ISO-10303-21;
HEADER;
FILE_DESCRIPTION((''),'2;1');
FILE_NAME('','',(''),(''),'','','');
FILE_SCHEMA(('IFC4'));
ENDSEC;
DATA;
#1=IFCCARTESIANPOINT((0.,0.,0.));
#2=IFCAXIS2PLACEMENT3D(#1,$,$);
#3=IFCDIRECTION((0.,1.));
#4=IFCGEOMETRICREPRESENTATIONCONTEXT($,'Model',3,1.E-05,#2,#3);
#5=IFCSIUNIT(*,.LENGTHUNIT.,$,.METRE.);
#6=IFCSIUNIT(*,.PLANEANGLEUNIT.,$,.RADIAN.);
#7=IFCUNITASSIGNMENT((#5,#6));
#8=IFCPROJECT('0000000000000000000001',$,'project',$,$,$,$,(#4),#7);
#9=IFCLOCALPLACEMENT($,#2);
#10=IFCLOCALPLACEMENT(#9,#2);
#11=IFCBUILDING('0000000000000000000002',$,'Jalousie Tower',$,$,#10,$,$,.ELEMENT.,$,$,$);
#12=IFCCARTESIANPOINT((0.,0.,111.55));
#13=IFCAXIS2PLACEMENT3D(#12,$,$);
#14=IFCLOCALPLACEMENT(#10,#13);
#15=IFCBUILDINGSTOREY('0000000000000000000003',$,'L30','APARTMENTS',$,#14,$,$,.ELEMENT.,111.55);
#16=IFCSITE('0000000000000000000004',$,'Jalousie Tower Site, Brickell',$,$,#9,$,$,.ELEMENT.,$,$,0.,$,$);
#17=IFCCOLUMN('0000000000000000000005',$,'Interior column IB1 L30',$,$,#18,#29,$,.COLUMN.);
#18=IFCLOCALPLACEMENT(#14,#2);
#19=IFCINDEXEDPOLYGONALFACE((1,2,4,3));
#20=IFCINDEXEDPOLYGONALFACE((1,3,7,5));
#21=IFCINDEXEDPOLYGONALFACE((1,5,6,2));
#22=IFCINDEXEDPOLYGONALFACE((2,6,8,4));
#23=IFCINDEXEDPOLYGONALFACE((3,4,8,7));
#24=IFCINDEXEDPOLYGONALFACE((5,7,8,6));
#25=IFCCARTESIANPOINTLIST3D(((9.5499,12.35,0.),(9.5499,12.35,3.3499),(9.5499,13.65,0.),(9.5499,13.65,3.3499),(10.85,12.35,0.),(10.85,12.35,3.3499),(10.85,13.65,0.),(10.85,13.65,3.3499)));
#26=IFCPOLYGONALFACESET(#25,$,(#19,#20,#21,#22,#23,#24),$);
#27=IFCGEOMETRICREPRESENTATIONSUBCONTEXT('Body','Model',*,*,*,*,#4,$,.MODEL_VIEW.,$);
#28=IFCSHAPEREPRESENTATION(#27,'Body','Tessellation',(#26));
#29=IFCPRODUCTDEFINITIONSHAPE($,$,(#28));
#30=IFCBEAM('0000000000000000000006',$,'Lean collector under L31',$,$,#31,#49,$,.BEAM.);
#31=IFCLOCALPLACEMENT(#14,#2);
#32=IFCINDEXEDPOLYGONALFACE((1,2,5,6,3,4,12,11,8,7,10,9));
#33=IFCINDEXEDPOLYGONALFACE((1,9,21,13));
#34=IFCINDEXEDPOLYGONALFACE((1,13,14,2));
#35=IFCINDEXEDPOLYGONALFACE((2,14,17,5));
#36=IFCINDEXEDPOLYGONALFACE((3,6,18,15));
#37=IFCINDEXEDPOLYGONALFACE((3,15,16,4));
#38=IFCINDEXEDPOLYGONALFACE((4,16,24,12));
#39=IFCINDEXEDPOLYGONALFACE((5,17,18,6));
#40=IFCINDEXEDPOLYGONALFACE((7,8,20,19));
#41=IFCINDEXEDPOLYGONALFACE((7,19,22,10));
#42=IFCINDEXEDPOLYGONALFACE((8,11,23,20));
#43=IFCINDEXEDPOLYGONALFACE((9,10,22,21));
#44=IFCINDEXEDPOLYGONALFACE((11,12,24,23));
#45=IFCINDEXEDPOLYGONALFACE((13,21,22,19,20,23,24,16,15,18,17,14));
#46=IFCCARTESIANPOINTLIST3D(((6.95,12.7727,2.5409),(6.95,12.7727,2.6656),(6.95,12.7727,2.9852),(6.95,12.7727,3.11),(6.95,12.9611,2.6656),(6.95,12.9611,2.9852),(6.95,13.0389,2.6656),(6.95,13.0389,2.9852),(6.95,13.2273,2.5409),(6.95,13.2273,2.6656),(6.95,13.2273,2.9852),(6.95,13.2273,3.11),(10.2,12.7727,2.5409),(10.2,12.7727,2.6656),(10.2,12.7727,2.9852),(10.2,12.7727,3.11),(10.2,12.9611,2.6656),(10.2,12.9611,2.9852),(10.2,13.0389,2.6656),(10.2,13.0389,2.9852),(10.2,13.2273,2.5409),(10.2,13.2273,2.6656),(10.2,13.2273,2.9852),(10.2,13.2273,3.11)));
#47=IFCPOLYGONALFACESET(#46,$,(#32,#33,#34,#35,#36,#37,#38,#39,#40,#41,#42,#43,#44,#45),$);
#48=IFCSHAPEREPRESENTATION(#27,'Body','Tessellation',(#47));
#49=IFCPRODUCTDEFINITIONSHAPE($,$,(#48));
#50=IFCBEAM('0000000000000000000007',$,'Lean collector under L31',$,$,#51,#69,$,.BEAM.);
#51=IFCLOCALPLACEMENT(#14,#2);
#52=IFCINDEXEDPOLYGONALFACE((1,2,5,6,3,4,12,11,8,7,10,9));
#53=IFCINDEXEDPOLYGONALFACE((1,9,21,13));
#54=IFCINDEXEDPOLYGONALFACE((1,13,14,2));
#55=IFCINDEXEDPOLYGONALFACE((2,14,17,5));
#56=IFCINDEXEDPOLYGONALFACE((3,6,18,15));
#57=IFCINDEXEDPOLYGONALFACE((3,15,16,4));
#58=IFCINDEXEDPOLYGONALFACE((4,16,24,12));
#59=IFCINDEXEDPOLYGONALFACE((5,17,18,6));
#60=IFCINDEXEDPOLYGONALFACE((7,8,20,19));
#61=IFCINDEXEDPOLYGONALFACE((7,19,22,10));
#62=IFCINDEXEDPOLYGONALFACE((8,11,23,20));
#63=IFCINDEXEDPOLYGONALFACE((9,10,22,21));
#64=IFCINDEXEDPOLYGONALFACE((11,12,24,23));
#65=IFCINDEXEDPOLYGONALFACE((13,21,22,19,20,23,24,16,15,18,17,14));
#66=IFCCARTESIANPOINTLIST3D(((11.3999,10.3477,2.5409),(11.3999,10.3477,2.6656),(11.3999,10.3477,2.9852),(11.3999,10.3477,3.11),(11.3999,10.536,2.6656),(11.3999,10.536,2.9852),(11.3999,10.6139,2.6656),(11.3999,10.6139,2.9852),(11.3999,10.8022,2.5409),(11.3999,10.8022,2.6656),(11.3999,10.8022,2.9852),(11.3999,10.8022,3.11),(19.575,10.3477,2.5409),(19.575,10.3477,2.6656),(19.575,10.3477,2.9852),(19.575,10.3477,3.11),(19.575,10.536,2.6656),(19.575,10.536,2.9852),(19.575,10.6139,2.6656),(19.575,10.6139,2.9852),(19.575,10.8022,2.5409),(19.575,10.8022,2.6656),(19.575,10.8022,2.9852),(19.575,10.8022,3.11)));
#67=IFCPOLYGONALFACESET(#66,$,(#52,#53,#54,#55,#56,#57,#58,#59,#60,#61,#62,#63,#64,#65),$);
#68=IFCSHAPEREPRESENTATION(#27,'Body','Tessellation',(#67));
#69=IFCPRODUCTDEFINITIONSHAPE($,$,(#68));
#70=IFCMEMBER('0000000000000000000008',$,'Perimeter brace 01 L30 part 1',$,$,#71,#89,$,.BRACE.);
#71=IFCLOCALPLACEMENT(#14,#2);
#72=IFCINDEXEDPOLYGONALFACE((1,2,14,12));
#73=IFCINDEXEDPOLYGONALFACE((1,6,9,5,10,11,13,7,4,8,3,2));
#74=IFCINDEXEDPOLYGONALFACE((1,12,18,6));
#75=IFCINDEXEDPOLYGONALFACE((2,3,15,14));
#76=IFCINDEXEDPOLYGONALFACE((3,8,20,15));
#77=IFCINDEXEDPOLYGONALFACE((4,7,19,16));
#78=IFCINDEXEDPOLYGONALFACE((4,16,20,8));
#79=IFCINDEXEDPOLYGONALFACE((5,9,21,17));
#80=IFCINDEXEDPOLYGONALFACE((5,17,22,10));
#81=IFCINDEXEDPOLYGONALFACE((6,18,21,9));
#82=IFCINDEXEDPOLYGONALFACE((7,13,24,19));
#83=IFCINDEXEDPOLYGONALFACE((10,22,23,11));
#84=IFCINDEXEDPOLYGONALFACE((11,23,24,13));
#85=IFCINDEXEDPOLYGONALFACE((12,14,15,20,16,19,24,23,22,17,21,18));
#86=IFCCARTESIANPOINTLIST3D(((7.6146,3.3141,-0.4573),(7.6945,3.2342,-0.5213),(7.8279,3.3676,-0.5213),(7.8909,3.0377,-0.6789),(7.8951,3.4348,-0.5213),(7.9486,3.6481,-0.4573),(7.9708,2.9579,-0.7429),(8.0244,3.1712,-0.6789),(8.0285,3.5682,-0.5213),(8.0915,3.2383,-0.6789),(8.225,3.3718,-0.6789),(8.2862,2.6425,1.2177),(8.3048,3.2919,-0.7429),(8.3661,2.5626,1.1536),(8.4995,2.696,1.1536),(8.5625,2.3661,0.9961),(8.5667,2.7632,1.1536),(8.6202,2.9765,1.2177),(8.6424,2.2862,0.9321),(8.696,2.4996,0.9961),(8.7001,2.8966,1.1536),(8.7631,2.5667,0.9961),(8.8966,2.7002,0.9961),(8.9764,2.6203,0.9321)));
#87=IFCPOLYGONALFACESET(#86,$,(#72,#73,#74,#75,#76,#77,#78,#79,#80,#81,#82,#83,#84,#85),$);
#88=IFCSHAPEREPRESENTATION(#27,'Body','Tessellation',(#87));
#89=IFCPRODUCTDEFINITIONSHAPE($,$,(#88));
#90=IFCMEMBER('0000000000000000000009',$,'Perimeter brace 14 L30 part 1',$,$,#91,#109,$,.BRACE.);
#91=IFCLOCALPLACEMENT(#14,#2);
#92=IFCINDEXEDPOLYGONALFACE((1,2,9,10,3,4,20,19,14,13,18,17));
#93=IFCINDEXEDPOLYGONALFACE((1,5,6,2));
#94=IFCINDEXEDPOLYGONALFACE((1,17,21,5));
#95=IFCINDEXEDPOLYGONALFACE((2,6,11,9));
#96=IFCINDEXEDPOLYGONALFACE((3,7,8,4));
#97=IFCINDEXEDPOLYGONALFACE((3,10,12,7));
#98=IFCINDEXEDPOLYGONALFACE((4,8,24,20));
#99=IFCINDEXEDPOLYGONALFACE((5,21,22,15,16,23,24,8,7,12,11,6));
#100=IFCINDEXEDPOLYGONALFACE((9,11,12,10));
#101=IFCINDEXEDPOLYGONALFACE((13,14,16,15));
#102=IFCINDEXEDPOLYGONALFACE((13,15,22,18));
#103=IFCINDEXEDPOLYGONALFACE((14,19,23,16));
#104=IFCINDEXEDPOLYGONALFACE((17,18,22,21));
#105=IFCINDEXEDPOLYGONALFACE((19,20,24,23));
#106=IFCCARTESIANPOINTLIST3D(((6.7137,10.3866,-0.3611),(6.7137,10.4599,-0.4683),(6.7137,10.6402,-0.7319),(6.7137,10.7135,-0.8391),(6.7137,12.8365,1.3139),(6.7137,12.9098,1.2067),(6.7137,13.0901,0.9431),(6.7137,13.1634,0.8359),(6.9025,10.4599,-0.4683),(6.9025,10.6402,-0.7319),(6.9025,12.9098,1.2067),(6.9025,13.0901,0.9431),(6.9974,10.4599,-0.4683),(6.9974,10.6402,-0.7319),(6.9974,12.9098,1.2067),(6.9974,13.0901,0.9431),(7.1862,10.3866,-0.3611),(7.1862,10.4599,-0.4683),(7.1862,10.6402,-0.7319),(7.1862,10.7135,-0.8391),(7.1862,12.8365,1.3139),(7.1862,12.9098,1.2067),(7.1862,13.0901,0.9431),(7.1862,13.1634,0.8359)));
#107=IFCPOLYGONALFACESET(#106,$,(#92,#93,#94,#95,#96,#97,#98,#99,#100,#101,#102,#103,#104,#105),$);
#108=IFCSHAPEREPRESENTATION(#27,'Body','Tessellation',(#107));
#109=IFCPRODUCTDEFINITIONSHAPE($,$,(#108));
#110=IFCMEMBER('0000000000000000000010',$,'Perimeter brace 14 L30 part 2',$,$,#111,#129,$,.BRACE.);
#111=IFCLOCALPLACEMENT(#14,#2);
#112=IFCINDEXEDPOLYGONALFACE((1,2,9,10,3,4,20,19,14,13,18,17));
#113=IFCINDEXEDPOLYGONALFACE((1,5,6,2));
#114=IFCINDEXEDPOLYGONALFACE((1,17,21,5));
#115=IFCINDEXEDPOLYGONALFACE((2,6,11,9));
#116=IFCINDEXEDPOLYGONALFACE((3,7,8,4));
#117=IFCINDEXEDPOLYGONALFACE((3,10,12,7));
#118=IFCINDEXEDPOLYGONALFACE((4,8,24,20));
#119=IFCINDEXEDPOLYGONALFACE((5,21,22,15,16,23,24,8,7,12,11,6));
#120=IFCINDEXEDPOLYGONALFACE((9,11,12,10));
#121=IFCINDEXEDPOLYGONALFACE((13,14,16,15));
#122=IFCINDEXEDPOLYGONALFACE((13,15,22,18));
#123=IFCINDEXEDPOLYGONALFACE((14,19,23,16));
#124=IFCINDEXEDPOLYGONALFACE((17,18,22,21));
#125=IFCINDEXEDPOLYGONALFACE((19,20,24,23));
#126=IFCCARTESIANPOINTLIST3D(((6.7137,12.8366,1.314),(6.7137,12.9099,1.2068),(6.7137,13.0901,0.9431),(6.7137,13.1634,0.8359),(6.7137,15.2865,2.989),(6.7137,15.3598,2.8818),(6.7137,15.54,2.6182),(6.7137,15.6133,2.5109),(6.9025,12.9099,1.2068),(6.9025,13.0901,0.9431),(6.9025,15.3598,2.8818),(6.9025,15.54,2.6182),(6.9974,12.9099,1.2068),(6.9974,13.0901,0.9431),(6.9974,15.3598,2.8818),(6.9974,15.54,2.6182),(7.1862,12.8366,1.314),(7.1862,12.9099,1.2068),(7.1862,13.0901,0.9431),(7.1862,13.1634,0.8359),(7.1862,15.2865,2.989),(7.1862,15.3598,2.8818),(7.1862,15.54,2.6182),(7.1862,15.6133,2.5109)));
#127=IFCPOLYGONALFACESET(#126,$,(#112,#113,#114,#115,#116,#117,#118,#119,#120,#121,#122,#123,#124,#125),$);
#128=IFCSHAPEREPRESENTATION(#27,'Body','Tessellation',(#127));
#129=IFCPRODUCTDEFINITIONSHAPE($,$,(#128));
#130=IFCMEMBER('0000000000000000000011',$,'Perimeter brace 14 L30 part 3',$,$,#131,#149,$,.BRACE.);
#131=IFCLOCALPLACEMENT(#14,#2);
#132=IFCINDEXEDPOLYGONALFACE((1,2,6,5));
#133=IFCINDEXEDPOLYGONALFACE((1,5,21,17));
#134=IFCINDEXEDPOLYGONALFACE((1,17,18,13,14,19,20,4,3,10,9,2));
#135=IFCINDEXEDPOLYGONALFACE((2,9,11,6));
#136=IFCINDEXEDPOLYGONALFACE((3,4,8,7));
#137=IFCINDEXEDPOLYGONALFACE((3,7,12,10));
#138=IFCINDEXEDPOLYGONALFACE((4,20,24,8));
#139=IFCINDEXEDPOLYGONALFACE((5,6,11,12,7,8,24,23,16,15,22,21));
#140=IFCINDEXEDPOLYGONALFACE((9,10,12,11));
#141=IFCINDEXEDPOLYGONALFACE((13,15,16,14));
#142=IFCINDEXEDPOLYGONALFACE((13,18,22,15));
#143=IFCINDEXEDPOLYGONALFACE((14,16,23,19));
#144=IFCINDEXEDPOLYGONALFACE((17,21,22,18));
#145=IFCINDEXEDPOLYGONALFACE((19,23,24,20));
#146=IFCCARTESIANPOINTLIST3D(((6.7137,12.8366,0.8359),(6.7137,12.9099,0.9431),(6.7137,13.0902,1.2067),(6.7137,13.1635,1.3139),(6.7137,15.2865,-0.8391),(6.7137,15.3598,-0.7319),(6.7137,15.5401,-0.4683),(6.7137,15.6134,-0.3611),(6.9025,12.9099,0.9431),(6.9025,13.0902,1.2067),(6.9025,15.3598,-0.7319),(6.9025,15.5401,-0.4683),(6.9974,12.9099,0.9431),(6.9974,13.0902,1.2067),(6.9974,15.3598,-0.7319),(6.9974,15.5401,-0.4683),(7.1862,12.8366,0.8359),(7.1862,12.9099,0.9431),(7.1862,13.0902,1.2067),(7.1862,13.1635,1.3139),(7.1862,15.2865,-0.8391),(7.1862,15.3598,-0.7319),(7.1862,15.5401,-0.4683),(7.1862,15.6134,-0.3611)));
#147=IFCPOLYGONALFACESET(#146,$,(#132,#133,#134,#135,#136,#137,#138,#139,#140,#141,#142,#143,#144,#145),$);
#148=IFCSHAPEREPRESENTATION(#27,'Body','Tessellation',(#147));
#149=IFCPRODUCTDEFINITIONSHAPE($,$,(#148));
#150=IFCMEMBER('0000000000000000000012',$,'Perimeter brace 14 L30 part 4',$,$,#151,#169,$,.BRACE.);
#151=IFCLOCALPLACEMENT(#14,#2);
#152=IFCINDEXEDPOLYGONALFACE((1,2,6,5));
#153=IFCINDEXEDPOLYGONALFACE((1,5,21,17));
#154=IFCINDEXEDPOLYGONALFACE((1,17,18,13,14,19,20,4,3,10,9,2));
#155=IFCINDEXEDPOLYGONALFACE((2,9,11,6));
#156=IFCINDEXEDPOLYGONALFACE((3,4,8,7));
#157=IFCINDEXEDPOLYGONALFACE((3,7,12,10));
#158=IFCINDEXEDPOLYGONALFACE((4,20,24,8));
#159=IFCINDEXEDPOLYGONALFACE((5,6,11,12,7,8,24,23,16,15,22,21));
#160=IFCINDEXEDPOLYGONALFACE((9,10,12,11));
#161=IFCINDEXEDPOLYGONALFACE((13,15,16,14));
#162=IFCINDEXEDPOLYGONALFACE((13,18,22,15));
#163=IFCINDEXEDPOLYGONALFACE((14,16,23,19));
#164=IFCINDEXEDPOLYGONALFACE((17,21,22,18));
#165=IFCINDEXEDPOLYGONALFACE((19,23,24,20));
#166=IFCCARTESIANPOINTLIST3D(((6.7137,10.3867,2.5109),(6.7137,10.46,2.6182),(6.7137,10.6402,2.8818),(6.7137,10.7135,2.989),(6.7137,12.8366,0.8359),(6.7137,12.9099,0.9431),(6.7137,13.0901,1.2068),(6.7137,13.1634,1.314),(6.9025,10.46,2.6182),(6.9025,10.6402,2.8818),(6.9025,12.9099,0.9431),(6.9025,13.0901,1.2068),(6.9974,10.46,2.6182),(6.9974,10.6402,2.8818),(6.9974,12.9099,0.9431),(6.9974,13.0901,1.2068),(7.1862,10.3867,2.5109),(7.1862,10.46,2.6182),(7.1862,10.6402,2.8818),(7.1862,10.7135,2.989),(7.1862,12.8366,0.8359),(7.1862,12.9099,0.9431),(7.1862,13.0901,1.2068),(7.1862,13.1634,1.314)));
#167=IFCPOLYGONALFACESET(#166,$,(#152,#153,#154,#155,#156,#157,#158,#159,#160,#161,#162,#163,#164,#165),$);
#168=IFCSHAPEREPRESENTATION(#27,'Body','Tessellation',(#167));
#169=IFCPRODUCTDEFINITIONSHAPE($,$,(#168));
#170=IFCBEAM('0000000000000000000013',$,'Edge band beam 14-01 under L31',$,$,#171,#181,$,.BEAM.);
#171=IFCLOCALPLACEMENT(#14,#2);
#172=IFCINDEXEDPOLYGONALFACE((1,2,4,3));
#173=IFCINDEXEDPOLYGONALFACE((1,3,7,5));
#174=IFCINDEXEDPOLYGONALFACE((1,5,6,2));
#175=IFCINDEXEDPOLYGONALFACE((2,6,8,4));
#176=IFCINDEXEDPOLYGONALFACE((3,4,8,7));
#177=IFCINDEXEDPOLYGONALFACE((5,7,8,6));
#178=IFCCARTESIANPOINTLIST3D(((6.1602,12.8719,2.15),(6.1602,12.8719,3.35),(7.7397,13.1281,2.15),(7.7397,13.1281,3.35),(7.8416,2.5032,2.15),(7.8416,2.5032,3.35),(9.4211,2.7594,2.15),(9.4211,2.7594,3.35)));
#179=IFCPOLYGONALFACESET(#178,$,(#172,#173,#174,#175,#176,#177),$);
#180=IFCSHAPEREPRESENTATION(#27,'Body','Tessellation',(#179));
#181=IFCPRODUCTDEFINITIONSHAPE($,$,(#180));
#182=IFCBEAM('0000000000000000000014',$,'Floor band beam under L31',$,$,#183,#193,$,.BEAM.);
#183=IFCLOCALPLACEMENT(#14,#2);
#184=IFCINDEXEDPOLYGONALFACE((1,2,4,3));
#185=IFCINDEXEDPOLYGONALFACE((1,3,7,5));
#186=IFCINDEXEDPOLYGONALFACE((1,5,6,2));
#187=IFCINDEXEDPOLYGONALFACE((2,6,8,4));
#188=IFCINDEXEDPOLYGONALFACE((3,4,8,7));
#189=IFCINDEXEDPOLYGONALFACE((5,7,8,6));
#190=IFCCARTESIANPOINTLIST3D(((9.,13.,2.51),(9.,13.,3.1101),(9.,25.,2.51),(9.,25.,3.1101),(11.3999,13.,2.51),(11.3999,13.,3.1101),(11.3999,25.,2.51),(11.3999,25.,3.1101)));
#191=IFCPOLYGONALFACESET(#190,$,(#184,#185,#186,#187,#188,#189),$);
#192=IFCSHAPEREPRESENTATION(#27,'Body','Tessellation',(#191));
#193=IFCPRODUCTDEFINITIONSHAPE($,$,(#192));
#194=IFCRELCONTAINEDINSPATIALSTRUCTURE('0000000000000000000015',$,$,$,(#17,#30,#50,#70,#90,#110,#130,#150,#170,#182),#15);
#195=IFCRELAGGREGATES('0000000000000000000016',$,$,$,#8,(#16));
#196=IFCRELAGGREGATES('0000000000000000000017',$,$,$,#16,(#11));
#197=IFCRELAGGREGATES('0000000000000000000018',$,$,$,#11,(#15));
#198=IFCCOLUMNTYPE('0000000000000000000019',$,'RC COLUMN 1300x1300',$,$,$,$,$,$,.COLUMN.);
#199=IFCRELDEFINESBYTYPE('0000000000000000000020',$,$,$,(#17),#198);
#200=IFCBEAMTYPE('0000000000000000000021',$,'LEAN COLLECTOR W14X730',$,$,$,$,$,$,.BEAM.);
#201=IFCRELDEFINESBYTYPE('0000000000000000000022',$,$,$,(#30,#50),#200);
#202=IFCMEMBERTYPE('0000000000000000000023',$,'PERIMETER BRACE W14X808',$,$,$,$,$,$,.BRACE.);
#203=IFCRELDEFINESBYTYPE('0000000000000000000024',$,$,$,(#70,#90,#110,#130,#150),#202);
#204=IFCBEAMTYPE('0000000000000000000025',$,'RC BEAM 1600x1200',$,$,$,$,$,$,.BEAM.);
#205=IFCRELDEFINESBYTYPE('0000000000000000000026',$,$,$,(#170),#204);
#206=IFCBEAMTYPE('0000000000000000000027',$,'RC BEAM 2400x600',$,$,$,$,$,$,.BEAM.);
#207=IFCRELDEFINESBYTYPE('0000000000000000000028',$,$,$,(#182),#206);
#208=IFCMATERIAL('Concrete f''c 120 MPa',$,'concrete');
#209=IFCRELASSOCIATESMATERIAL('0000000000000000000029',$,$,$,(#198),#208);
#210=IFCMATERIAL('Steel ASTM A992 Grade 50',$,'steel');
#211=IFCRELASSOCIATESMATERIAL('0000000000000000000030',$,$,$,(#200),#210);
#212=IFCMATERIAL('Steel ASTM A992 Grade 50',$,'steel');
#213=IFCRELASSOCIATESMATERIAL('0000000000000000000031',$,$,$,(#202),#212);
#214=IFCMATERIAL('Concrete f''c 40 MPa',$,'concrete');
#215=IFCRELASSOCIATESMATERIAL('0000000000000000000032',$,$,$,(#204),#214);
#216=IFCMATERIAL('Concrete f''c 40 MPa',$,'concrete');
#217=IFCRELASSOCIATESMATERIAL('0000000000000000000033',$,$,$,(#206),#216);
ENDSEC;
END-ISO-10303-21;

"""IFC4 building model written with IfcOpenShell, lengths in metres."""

from ifc_helpers import new_model, si_unit, direction, frame, origin, origin_2d, place, context, subcontext, project, spatial, rectangle, i_section, extrude, material, material_profile, profile_set, type_object, element, save


model = new_model("IFC4")

# Units and contexts
model_context = context("Model", 3, precision=1e-05, world=origin(), true_north=direction((0.0, 1.0)))
body_context = subcontext(model_context, "Body", "Model", "MODEL_VIEW")
ifc_project = project(units=[si_unit("LENGTHUNIT", "METRE"), si_unit("PLANEANGLEUNIT", "RADIAN")], contexts=[model_context])

# Site, building, storey
site_placement = place(None, origin())
site = spatial("IfcSite", under=ifc_project, at=site_placement, Name="Jalousie Tower Site, Brickell", CompositionType="ELEMENT", RefElevation=0.0)
building_placement = place(site_placement, origin())
building = spatial("IfcBuilding", under=site, at=building_placement, Name="Jalousie Tower", CompositionType="ELEMENT")
storey_placement = place(building_placement, frame((0.0, 0.0, 111.55)))
storey = spatial("IfcBuildingStorey", under=building, at=storey_placement, Name="L30", Description="APARTMENTS", CompositionType="ELEMENT", Elevation=111.55)

# Column
ifc_material_1 = material(Name="Concrete f'c 120 MPa", Category="concrete")
ifc_material_profile_1 = material_profile(ifc_material_1, rectangle(XDim=1.3, YDim=1.3, at=origin_2d()), Name="RC 1300x1300")
ifc_profile_set_1 = profile_set([ifc_material_profile_1], Name="Concrete f'c 120 MPa")
column_type = type_object("IfcColumnType", Name="RC COLUMN 1300x1300", PredefinedType="COLUMN", material=ifc_profile_set_1)
column_placement = place(storey_placement, frame((10.2, 13.0, 0.0), z_axis=(0.0, 0.0, 1.0), x_axis=(1.0, 0.0, 0.0)))
element("IfcColumn", 1, at=column_placement, inside=storey, type_object=column_type, Name="Interior column IB1 L30", PredefinedType="COLUMN", context=body_context, shape_type="SweptSolid", body=[
    extrude(rectangle(XDim=1.3, YDim=1.3, at=origin_2d()), origin(), (0.0, 0.0, 1.0), 3.3499),
])

# Beams
ifc_material_2 = material(Name="Steel ASTM A992 Grade 50", Category="steel")
ifc_material_profile_2 = material_profile(ifc_material_2, i_section(OverallWidth=0.4546, OverallDepth=0.5691, WebThickness=0.0779, FlangeThickness=0.1248, at=origin_2d()), Name="W14X730")
ifc_profile_set_2 = profile_set([ifc_material_profile_2], Name="Steel ASTM A992 Grade 50")
beam_type_1 = type_object("IfcBeamType", Name="LEAN COLLECTOR W14X730", PredefinedType="BEAM", material=ifc_profile_set_2)
beam_1_placement = place(storey_placement, frame((6.95, 13.0, 2.8254), z_axis=(1.0, 0.0, 0.0), x_axis=(0.0, 1.0, 0.0)))
element("IfcBeam", 2, at=beam_1_placement, inside=storey, type_object=beam_type_1, Name="Lean collector under L31", PredefinedType="BEAM", context=body_context, shape_type="SweptSolid", body=[
    extrude(i_section(OverallWidth=0.4546, OverallDepth=0.5691, WebThickness=0.0779, FlangeThickness=0.1248, at=origin_2d()), origin(), (0.0, 0.0, 1.0), 3.25),
])
beam_2_placement = place(storey_placement, frame((11.3999, 10.575, 2.8254), z_axis=(1.0, 0.0, 0.0), x_axis=(0.0, 1.0, 0.0)))
element("IfcBeam", 3, at=beam_2_placement, inside=storey, type_object=beam_type_1, Name="Lean collector under L31", PredefinedType="BEAM", context=body_context, shape_type="SweptSolid", body=[
    extrude(i_section(OverallWidth=0.4546, OverallDepth=0.5691, WebThickness=0.0779, FlangeThickness=0.1248, at=origin_2d()), origin(), (0.0, 0.0, 1.0), 8.175),
])

# Members
ifc_material_3 = material(Name="Steel ASTM A992 Grade 50", Category="steel")
ifc_material_profile_3 = material_profile(ifc_material_3, i_section(OverallWidth=0.4724, OverallDepth=0.5791, WebThickness=0.095, FlangeThickness=0.1299, at=origin_2d()), Name="W14X808")
ifc_profile_set_3 = profile_set([ifc_material_profile_3], Name="Steel ASTM A992 Grade 50")
member_type_1 = type_object("IfcMemberType", Name="PERIMETER BRACE W14X808", PredefinedType="BRACE", material=ifc_profile_set_3)
member_1_placement = place(storey_placement, frame((7.9597, 3.303, -0.6001), z_axis=(0.348789, -0.348789, 0.869881), x_axis=(0.707107, 0.707107, 0.0)))
element("IfcMember", 4, at=member_1_placement, inside=storey, type_object=member_type_1, Name="Perimeter brace 01 L30 part 1", PredefinedType="BRACE", context=body_context, shape_type="SweptSolid", body=[
    extrude(i_section(OverallWidth=0.4724, OverallDepth=0.5791, WebThickness=0.095, FlangeThickness=0.1299, at=origin_2d()), origin(), (0.0, 0.0, 1.0), 1.9255),
])
for number, where, z_axis, x_axis, name in (
    (5, (6.95, 10.55, -0.6001), (0.0, 0.825501, 0.564401), (-1.0, 0.0, 0.0), "Perimeter brace 14 L30 part 1"),
    (6, (6.95, 13.0, 1.075), (0.0, 0.825501, 0.564401), (-1.0, 0.0, 0.0), "Perimeter brace 14 L30 part 2"),
    (7, (6.95, 15.45, -0.6001), (0.0, -0.825501, 0.564401), (1.0, 0.0, 0.0), "Perimeter brace 14 L30 part 3"),
    (8, (6.95, 13.0, 1.075), (0.0, -0.825501, 0.564401), (1.0, 0.0, 0.0), "Perimeter brace 14 L30 part 4"),
):
    element("IfcMember", number, at=place(storey_placement, frame(where, z_axis=z_axis, x_axis=x_axis)), inside=storey, type_object=member_type_1, Name=name, PredefinedType="BRACE", context=body_context, shape_type="SweptSolid", body=[
        extrude(i_section(OverallWidth=0.4724, OverallDepth=0.5791, WebThickness=0.095, FlangeThickness=0.1299, at=origin_2d()), origin(), (0.0, 0.0, 1.0), 2.9678),
    ])

# Beams
ifc_material_4 = material(Name="Concrete f'c 40 MPa", Category="concrete")
ifc_material_profile_4 = material_profile(ifc_material_4, rectangle(XDim=1.6001, YDim=1.2, at=origin_2d()), Name="RC 1600x1200")
ifc_profile_set_4 = profile_set([ifc_material_profile_4], Name="Concrete f'c 40 MPa")
beam_type_2 = type_object("IfcBeamType", Name="RC BEAM 1600x1200", PredefinedType="BEAM", material=ifc_profile_set_4)
beam_3_placement = place(storey_placement, frame((6.95, 13.0, 2.75), z_axis=(0.160071, -0.987106, 0.0), x_axis=(0.987106, 0.160071, 0.0)))
element("IfcBeam", 9, at=beam_3_placement, inside=storey, type_object=beam_type_2, Name="Edge band beam 14-01 under L31", PredefinedType="BEAM", context=body_context, shape_type="SweptSolid", body=[
    extrude(rectangle(XDim=1.6001, YDim=1.2, at=origin_2d()), origin(), (0.0, 0.0, 1.0), 10.5042),
])
ifc_material_5 = material(Name="Concrete f'c 40 MPa", Category="concrete")
ifc_material_profile_5 = material_profile(ifc_material_5, rectangle(XDim=2.3999, YDim=0.6001, at=origin_2d()), Name="RC 2400x600")
ifc_profile_set_5 = profile_set([ifc_material_profile_5], Name="Concrete f'c 40 MPa")
beam_type_3 = type_object("IfcBeamType", Name="RC BEAM 2400x600", PredefinedType="BEAM", material=ifc_profile_set_5)
beam_4_placement = place(storey_placement, frame((10.2, 13.0, 2.8101), z_axis=(0.0, 1.0, 0.0), x_axis=(-1.0, 0.0, 0.0)))
element("IfcBeam", 10, at=beam_4_placement, inside=storey, type_object=beam_type_3, Name="Floor band beam under L31", PredefinedType="BEAM", context=body_context, shape_type="SweptSolid", body=[
    extrude(rectangle(XDim=2.3999, YDim=0.6001, at=origin_2d()), origin(), (0.0, 0.0, 1.0), 12.0),
])

save(model, "model.ifc")
